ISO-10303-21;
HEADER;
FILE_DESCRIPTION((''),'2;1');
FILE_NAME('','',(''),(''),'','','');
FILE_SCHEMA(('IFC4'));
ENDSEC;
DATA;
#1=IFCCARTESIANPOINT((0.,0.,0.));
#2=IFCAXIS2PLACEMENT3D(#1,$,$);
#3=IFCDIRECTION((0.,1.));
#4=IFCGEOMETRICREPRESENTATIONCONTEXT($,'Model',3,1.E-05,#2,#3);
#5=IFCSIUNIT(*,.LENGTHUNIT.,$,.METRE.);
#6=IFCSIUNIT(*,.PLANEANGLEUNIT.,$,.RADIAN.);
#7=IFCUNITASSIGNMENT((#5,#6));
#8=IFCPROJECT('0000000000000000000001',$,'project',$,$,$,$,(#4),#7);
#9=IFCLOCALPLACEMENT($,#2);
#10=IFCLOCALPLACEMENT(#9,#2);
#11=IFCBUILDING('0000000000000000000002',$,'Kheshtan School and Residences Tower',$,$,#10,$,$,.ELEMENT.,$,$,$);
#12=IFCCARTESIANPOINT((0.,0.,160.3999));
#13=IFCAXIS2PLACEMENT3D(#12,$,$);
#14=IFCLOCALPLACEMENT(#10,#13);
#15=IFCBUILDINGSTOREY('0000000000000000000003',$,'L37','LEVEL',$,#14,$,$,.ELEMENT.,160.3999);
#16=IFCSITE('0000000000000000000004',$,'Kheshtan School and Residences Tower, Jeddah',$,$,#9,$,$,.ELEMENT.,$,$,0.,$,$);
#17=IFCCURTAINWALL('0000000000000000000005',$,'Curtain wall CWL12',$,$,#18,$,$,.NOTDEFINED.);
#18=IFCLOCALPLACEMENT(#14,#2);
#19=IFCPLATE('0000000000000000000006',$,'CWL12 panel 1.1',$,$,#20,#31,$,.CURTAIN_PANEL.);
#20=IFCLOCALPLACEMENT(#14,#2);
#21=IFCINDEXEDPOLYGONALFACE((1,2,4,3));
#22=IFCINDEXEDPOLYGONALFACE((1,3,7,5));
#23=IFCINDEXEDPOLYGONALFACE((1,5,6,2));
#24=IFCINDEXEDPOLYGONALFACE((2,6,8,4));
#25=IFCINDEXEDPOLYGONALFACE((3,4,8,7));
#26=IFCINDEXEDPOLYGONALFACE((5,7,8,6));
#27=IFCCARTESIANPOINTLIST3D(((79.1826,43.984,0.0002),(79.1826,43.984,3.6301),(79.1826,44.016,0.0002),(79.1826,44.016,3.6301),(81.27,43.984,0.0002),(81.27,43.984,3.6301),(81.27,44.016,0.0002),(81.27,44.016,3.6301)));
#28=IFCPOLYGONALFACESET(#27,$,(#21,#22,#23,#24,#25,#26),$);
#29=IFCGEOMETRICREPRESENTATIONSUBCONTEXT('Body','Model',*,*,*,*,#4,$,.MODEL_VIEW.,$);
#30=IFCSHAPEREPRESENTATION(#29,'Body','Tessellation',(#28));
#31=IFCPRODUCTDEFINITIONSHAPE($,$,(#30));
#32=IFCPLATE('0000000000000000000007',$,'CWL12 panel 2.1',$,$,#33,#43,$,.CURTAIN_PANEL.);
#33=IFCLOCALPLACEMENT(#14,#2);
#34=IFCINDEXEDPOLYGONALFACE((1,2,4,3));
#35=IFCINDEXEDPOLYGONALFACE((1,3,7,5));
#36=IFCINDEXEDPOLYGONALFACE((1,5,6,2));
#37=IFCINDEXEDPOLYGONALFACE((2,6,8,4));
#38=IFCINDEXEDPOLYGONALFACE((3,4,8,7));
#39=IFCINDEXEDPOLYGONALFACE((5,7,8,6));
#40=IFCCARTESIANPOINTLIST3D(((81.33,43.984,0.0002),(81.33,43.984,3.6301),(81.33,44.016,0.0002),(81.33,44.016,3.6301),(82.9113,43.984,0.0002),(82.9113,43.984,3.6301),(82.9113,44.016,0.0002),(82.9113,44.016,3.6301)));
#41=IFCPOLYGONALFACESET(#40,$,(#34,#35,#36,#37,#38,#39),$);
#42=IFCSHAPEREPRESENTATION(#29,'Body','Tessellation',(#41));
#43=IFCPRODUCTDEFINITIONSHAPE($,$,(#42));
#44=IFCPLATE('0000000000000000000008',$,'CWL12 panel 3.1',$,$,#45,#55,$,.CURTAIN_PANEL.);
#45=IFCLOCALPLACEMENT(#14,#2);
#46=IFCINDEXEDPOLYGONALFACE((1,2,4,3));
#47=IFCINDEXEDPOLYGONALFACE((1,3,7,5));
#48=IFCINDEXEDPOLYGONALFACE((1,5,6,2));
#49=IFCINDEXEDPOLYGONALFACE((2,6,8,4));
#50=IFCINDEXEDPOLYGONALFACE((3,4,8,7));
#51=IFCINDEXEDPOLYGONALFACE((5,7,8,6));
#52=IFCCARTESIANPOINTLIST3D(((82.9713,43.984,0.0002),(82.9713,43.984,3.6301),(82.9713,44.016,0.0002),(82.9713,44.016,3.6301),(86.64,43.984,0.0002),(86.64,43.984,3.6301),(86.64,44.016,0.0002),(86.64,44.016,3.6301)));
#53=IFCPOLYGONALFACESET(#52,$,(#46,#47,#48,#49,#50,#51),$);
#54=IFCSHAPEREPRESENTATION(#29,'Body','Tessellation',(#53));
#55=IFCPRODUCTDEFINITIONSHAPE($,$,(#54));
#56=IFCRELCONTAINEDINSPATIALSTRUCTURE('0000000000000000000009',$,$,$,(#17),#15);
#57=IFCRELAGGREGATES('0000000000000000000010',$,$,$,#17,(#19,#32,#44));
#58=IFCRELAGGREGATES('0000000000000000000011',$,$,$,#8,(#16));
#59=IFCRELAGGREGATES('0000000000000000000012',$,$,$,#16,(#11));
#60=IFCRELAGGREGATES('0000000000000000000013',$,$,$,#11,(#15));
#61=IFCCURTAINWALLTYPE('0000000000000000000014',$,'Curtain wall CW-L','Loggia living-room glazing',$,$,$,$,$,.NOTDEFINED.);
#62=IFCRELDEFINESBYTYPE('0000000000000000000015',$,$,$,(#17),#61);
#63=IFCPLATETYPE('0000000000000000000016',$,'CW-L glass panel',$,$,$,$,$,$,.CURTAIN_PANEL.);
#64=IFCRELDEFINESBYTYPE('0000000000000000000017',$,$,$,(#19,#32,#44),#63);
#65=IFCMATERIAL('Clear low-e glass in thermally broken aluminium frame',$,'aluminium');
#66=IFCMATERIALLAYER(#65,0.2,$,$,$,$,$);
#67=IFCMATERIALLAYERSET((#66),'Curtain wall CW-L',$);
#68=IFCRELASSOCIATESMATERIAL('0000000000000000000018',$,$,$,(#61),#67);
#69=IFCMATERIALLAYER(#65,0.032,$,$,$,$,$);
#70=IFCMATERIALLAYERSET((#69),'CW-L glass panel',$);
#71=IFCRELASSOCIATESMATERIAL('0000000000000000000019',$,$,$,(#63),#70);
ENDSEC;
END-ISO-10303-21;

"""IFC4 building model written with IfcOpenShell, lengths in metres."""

from ifc_helpers import new_model, si_unit, direction, frame, origin, origin_2d, place, context, subcontext, project, spatial, rectangle, extrude, material, layer, layer_set, type_object, element, aggregate, save


model = new_model("IFC4")

# Units and contexts
model_context = context("Model", 3, precision=1e-05, world=origin(), true_north=direction((0.0, 1.0)))
body_context = subcontext(model_context, "Body", "Model", "MODEL_VIEW")
ifc_project = project(units=[si_unit("LENGTHUNIT", "METRE"), si_unit("PLANEANGLEUNIT", "RADIAN")], contexts=[model_context])

# Site, building, storey
site_placement = place(None, origin())
site = spatial("IfcSite", under=ifc_project, at=site_placement, Name="Kheshtan School and Residences Tower, Jeddah", CompositionType="ELEMENT", RefElevation=0.0)
building_placement = place(site_placement, origin())
building = spatial("IfcBuilding", under=site, at=building_placement, Name="Kheshtan School and Residences Tower", CompositionType="ELEMENT")
storey_placement = place(building_placement, frame((0.0, 0.0, 160.3999)))
storey = spatial("IfcBuildingStorey", under=building, at=storey_placement, Name="L37", Description="LEVEL", CompositionType="ELEMENT", Elevation=160.3999)

# Shared definitions
ifc_material_1 = material(Name="Clear low-e glass in thermally broken aluminium frame", Category="aluminium")
ifc_layer_1 = layer(ifc_material_1, 0.2)
ifc_layer_set_1 = layer_set([ifc_layer_1], Name="Curtain wall CW-L")
curtain_wall_type = type_object("IfcCurtainWallType", Name="Curtain wall CW-L", Description="Loggia living-room glazing", PredefinedType="NOTDEFINED", material=ifc_layer_set_1)

# Curtain wall
curtain_wall_1_placement = place(storey_placement, origin())
curtain_wall_1 = element("IfcCurtainWall", 1, at=curtain_wall_1_placement, inside=storey, type_object=curtain_wall_type, Name="Curtain wall CWL12", PredefinedType="NOTDEFINED")

# Plates
ifc_layer_2 = layer(ifc_material_1, 0.032)
ifc_layer_set_2 = layer_set([ifc_layer_2], Name="CW-L glass panel")
plate_type = type_object("IfcPlateType", Name="CW-L glass panel", PredefinedType="CURTAIN_PANEL", material=ifc_layer_set_2)
plate_1_placement = place(storey_placement, frame((80.2263, 44.0, 0.0002), z_axis=(0.0, 0.0, 1.0), x_axis=(1.0, 0.0, 0.0)))
plate_1 = element("IfcPlate", 2, at=plate_1_placement, type_object=plate_type, Name="CWL12 panel 1.1", PredefinedType="CURTAIN_PANEL", context=body_context, shape_type="SweptSolid", body=[
    extrude(rectangle(XDim=2.0874, YDim=0.032, at=origin_2d()), origin(), (0.0, 0.0, 1.0), 3.6299),
])
plate_2_placement = place(storey_placement, frame((82.1206, 44.0, 0.0002), z_axis=(0.0, 0.0, 1.0), x_axis=(1.0, 0.0, 0.0)))
plate_2 = element("IfcPlate", 3, at=plate_2_placement, type_object=plate_type, Name="CWL12 panel 2.1", PredefinedType="CURTAIN_PANEL", context=body_context, shape_type="SweptSolid", body=[
    extrude(rectangle(XDim=1.5813, YDim=0.032, at=origin_2d()), origin(), (0.0, 0.0, 1.0), 3.6299),
])
plate_3_placement = place(storey_placement, frame((84.8057, 44.0, 0.0002), z_axis=(0.0, 0.0, 1.0), x_axis=(1.0, 0.0, 0.0)))
plate_3 = element("IfcPlate", 4, at=plate_3_placement, type_object=plate_type, Name="CWL12 panel 3.1", PredefinedType="CURTAIN_PANEL", context=body_context, shape_type="SweptSolid", body=[
    extrude(rectangle(XDim=3.6687, YDim=0.032, at=origin_2d()), origin(), (0.0, 0.0, 1.0), 3.6299),
])
aggregate(curtain_wall_1, [plate_1, plate_2, plate_3])

save(model, "model.ifc")
